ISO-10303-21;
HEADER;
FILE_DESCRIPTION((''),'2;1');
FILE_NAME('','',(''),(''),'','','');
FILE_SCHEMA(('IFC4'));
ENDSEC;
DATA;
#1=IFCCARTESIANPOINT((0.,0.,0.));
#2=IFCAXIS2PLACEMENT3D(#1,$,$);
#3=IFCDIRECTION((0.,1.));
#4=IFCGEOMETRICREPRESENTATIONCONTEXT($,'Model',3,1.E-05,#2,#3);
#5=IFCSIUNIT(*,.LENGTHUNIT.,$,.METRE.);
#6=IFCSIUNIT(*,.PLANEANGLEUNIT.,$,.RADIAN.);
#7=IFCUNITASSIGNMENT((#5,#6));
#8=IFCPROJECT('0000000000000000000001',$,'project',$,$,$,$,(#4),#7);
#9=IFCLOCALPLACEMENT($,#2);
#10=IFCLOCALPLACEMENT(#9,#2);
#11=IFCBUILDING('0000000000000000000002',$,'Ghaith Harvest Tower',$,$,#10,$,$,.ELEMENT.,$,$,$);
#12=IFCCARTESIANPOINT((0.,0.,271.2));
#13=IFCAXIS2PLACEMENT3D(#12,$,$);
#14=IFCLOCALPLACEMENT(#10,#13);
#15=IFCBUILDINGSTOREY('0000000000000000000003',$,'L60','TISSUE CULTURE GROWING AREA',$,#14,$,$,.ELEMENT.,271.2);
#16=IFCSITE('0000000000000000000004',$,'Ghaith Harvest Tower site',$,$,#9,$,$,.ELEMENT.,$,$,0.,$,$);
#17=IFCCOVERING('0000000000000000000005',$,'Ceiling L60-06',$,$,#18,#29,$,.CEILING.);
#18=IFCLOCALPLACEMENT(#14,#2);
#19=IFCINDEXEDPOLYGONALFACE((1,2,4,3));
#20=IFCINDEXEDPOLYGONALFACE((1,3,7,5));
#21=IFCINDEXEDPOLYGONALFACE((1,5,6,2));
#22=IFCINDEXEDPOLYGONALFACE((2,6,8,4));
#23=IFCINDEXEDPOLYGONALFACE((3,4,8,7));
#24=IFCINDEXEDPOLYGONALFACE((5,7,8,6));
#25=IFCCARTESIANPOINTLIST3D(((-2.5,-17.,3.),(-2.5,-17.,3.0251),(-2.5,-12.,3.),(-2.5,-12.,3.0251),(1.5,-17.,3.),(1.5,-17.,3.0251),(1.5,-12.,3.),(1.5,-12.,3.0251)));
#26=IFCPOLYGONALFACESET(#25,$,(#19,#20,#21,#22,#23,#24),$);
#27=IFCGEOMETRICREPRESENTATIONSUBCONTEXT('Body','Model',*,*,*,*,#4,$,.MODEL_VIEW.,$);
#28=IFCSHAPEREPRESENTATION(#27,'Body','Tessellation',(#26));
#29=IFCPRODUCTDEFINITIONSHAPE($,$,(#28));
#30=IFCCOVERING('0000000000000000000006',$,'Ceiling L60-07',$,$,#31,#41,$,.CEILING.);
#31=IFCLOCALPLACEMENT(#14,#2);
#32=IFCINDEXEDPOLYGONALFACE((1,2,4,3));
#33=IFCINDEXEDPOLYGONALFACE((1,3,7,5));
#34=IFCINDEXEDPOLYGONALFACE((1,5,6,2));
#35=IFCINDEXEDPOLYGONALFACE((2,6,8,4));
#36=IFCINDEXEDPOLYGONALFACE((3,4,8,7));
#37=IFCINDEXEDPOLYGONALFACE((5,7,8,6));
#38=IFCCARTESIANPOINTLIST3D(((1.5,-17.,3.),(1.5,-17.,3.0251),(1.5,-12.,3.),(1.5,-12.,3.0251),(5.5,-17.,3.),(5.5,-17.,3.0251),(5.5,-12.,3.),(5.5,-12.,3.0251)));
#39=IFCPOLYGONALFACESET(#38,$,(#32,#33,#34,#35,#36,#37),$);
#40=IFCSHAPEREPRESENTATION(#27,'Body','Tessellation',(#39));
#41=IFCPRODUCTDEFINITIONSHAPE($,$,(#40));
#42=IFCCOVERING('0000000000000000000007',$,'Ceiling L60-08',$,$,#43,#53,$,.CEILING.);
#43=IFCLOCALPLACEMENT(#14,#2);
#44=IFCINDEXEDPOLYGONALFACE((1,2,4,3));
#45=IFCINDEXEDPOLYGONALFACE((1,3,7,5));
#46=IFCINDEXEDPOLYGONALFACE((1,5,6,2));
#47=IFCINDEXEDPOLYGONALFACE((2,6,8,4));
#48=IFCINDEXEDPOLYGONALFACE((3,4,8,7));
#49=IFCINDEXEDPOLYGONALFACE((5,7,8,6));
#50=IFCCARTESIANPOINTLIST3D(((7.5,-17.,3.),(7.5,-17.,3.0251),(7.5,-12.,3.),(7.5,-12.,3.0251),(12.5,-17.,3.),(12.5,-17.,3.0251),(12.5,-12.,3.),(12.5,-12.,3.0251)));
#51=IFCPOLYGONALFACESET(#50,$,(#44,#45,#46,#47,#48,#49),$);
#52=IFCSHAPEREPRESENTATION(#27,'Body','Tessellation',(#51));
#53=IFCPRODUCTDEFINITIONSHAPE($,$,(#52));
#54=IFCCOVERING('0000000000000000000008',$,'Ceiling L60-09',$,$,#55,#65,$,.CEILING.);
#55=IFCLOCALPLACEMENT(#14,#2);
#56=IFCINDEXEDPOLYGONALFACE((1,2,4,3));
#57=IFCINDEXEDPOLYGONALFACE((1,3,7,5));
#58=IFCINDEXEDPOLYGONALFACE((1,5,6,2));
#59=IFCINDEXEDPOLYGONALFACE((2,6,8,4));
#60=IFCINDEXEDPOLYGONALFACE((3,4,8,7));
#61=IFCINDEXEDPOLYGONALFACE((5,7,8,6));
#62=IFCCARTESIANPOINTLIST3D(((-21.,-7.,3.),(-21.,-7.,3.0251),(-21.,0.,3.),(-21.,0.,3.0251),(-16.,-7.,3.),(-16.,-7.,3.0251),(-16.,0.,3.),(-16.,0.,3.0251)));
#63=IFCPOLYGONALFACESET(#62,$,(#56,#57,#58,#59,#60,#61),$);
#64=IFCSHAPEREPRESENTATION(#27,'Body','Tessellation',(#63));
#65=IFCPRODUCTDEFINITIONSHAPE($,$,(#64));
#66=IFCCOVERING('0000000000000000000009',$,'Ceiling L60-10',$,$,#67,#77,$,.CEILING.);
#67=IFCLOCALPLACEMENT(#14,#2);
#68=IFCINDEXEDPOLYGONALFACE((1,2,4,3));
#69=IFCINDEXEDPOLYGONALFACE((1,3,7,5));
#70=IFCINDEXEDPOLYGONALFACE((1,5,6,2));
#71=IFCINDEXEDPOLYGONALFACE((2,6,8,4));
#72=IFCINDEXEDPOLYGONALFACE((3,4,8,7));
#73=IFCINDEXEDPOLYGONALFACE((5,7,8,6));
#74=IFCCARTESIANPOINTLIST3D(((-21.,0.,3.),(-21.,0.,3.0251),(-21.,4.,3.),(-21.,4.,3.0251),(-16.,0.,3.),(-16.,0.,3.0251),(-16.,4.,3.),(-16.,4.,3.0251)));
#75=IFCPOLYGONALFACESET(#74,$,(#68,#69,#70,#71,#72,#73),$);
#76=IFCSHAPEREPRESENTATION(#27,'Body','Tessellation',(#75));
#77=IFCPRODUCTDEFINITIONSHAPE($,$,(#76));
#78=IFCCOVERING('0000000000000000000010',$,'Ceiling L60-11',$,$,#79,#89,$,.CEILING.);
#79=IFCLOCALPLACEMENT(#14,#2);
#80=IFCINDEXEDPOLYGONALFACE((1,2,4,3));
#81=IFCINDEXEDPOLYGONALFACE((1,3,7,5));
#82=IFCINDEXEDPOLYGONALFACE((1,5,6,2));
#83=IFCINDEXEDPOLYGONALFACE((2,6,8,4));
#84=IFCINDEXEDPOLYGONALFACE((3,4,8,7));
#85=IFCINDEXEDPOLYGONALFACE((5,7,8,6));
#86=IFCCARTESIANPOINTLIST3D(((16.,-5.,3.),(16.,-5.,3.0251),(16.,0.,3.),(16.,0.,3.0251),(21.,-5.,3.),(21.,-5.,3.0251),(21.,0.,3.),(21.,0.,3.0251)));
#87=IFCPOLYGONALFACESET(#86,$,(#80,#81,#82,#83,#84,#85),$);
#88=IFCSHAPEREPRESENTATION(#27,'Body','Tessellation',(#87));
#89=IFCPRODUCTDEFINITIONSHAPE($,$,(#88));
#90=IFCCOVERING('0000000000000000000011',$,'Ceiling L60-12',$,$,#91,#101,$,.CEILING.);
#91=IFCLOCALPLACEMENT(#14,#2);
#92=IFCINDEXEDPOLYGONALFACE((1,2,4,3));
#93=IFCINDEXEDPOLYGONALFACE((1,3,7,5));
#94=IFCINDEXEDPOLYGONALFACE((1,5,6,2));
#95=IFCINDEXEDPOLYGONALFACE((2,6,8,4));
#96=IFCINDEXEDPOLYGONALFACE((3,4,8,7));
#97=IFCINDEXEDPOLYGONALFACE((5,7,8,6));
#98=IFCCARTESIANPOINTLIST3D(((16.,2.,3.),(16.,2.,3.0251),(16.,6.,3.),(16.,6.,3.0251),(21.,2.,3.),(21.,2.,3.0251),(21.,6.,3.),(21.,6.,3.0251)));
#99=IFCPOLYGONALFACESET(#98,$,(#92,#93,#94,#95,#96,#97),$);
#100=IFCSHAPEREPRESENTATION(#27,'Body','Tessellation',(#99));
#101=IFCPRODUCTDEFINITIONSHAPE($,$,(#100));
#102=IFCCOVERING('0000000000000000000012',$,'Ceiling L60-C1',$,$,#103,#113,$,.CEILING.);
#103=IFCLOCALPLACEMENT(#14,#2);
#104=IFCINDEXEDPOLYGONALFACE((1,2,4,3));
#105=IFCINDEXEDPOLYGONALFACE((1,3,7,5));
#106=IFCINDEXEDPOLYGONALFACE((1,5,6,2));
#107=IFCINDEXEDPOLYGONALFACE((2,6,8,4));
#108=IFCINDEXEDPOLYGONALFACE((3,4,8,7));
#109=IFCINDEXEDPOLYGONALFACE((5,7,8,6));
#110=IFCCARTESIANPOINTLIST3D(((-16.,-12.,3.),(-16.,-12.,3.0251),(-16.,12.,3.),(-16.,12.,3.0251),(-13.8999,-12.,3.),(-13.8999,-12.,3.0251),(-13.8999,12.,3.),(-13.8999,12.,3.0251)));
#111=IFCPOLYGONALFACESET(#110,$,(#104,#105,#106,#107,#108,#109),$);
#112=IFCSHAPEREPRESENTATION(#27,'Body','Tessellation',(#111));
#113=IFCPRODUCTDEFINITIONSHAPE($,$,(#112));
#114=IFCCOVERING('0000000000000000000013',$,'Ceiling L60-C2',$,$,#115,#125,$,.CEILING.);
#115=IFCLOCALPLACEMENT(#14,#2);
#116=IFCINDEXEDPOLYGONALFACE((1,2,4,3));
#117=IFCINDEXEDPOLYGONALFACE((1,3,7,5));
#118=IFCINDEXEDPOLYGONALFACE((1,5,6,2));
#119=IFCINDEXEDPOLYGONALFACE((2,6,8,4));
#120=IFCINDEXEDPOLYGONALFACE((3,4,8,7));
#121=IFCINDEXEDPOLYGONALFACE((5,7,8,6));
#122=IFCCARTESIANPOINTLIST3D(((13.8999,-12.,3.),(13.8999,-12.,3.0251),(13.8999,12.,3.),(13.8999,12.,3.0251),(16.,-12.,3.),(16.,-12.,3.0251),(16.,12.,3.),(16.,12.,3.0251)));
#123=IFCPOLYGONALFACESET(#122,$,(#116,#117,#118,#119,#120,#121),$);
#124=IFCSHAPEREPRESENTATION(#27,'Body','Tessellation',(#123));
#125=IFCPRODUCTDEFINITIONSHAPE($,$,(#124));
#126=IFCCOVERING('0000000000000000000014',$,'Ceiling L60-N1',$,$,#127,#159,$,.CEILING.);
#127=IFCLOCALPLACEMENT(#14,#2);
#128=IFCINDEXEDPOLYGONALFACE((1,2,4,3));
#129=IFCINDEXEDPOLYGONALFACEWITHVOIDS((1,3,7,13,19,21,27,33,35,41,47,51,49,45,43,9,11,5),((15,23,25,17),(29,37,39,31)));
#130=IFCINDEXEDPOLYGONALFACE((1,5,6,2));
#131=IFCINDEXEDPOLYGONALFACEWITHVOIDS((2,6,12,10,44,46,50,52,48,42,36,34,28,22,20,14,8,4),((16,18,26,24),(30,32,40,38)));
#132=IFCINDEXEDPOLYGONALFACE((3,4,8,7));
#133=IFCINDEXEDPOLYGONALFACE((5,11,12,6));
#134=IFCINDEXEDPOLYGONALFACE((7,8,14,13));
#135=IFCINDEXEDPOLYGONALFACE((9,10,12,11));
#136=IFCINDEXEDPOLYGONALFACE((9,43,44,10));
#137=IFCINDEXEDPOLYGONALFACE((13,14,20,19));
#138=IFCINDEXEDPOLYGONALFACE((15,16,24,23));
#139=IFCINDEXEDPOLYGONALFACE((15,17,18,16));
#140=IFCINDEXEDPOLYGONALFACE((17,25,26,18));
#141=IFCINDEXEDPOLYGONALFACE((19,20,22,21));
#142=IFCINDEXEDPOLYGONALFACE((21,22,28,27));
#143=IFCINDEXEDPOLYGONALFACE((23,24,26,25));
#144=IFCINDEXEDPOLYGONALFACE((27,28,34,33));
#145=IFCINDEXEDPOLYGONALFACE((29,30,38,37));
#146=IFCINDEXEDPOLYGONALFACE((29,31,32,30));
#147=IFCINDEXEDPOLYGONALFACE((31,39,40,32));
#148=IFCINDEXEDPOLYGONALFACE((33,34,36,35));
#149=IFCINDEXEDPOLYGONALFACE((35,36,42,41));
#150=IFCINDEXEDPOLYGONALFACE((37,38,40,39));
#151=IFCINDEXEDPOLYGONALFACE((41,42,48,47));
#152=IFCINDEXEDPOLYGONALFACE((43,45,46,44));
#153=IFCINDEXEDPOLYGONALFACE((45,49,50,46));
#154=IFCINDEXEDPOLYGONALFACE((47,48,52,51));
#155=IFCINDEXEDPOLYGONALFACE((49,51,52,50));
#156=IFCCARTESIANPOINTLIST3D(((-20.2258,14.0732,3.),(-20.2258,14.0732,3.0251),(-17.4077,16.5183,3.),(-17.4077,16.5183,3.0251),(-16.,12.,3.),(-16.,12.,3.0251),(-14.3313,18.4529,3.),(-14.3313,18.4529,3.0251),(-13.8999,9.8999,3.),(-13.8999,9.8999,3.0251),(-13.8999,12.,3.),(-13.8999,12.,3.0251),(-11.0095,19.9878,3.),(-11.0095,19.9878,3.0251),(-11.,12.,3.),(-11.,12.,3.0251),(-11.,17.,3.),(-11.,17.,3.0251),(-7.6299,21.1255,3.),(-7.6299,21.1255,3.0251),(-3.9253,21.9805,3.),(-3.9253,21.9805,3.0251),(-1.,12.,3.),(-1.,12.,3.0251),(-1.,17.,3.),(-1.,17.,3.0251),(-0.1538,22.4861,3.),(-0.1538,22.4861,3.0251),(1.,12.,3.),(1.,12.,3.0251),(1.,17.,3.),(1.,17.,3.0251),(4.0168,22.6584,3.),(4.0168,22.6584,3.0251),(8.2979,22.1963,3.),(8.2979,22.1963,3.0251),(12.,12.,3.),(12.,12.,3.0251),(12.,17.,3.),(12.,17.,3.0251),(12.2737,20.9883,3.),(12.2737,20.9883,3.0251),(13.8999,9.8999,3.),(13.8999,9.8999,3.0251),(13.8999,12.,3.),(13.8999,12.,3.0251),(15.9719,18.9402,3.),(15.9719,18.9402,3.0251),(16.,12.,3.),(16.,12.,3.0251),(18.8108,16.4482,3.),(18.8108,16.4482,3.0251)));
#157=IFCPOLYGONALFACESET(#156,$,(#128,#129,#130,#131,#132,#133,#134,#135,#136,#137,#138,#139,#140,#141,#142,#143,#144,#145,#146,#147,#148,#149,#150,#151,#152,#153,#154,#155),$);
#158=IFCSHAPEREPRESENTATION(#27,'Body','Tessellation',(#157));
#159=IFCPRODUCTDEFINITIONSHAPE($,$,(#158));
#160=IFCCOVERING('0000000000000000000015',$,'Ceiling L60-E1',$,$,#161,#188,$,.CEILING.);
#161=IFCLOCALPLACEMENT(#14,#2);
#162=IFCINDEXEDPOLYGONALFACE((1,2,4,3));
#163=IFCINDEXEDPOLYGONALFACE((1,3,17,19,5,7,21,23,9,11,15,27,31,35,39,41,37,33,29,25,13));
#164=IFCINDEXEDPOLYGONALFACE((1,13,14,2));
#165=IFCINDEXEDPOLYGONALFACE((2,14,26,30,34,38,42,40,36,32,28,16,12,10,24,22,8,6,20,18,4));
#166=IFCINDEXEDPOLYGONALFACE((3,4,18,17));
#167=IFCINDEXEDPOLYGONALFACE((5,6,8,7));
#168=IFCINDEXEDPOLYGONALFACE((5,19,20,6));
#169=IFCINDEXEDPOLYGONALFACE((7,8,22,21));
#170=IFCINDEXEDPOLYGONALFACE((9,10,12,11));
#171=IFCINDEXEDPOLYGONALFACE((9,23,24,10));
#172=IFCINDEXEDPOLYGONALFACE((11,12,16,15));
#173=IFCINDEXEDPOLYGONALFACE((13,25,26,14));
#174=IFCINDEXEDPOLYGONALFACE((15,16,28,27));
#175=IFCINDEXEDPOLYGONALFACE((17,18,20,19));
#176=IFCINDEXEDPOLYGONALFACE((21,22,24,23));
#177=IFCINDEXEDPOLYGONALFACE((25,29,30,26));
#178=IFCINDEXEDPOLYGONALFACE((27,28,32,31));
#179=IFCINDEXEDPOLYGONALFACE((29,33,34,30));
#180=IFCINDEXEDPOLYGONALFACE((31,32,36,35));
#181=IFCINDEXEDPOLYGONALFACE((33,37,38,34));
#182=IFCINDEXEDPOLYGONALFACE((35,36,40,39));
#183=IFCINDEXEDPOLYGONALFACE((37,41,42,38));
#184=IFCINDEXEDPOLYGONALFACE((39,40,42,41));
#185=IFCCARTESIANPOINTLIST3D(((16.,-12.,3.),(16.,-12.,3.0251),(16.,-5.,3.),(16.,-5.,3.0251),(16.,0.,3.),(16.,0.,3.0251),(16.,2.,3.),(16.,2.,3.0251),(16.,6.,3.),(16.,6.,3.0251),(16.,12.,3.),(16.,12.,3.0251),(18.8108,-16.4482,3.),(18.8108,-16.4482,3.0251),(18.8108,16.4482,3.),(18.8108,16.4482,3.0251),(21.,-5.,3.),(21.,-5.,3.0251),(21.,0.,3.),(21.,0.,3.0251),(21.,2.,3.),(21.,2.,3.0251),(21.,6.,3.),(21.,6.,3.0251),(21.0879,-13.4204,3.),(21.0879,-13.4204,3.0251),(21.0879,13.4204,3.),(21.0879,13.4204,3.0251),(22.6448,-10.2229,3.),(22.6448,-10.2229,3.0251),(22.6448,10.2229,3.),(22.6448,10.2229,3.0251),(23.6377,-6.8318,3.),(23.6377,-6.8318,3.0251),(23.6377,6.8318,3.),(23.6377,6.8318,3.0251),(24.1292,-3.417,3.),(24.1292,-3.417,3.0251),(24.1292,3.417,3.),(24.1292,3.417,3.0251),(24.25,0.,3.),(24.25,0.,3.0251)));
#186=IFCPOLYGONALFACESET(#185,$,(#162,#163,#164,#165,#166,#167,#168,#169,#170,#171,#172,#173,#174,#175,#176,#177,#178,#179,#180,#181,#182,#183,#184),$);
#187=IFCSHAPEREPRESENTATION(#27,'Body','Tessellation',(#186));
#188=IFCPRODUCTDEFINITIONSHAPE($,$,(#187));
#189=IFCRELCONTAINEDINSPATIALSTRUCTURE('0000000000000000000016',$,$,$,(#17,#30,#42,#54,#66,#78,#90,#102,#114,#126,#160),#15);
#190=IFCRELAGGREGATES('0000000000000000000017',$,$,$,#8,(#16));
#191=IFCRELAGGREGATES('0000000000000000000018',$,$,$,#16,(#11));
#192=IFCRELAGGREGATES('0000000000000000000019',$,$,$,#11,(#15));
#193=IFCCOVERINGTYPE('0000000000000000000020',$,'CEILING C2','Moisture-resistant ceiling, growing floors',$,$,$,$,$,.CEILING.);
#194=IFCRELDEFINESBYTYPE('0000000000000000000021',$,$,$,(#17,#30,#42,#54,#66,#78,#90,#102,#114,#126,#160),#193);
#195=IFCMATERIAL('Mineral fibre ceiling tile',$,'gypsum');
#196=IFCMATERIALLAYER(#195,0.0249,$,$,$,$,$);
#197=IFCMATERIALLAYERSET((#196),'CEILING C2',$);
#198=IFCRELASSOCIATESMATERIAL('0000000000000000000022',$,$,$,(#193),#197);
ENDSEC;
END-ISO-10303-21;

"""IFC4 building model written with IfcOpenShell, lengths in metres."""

from ifc_helpers import new_model, si_unit, direction, frame, origin, place, context, subcontext, project, spatial, polyline, outline, extrude, material, layer, layer_set, type_object, element, save


model = new_model("IFC4")

# Units and contexts
model_context = context("Model", 3, precision=1e-05, world=origin(), true_north=direction((0.0, 1.0)))
body_context = subcontext(model_context, "Body", "Model", "MODEL_VIEW")
ifc_project = project(units=[si_unit("LENGTHUNIT", "METRE"), si_unit("PLANEANGLEUNIT", "RADIAN")], contexts=[model_context])

# Site, building, storey
site_placement = place(None, origin())
site = spatial("IfcSite", under=ifc_project, at=site_placement, Name="Ghaith Harvest Tower site", CompositionType="ELEMENT", RefElevation=0.0)
building_placement = place(site_placement, origin())
building = spatial("IfcBuilding", under=site, at=building_placement, Name="Ghaith Harvest Tower", CompositionType="ELEMENT")
storey_placement = place(building_placement, frame((0.0, 0.0, 271.2)))
storey = spatial("IfcBuildingStorey", under=building, at=storey_placement, Name="L60", Description="TISSUE CULTURE GROWING AREA", CompositionType="ELEMENT", Elevation=271.2)

# Coverings
ifc_material_1 = material(Name="Mineral fibre ceiling tile", Category="gypsum")
ifc_layer_1 = layer(ifc_material_1, 0.0249)
ifc_layer_set_1 = layer_set([ifc_layer_1], Name="CEILING C2")
covering_type = type_object("IfcCoveringType", Name="CEILING C2", Description="Moisture-resistant ceiling, growing floors", PredefinedType="CEILING", material=ifc_layer_set_1)
covering_1_placement = place(storey_placement, frame((0.0, 0.0, 3.0)))
element("IfcCovering", 1, at=covering_1_placement, inside=storey, type_object=covering_type, Name="Ceiling L60-06", PredefinedType="CEILING", context=body_context, shape_type="SweptSolid", body=[
    extrude(outline(polyline([(-2.5, -17.0), (1.5, -17.0), (1.5, -12.0), (-2.5, -12.0), (-2.5, -17.0)])), origin(), (0.0, 0.0, 1.0), 0.0251),
])
covering_2_placement = place(storey_placement, frame((0.0, 0.0, 3.0)))
element("IfcCovering", 2, at=covering_2_placement, inside=storey, type_object=covering_type, Name="Ceiling L60-07", PredefinedType="CEILING", context=body_context, shape_type="SweptSolid", body=[
    extrude(outline(polyline([(1.5, -17.0), (5.5, -17.0), (5.5, -12.0), (1.5, -12.0), (1.5, -17.0)])), origin(), (0.0, 0.0, 1.0), 0.0251),
])
covering_3_placement = place(storey_placement, frame((0.0, 0.0, 3.0)))
element("IfcCovering", 3, at=covering_3_placement, inside=storey, type_object=covering_type, Name="Ceiling L60-08", PredefinedType="CEILING", context=body_context, shape_type="SweptSolid", body=[
    extrude(outline(polyline([(7.5, -17.0), (12.5, -17.0), (12.5, -12.0), (7.5, -12.0), (7.5, -17.0)])), origin(), (0.0, 0.0, 1.0), 0.0251),
])
covering_4_placement = place(storey_placement, frame((0.0, 0.0, 3.0)))
element("IfcCovering", 4, at=covering_4_placement, inside=storey, type_object=covering_type, Name="Ceiling L60-09", PredefinedType="CEILING", context=body_context, shape_type="SweptSolid", body=[
    extrude(outline(polyline([(-21.0, -7.0), (-16.0, -7.0), (-16.0, 0.0), (-21.0, 0.0), (-21.0, -7.0)])), origin(), (0.0, 0.0, 1.0), 0.0251),
])
covering_5_placement = place(storey_placement, frame((0.0, 0.0, 3.0)))
element("IfcCovering", 5, at=covering_5_placement, inside=storey, type_object=covering_type, Name="Ceiling L60-10", PredefinedType="CEILING", context=body_context, shape_type="SweptSolid", body=[
    extrude(outline(polyline([(-21.0, 0.0), (-16.0, 0.0), (-16.0, 4.0), (-21.0, 4.0), (-21.0, 0.0)])), origin(), (0.0, 0.0, 1.0), 0.0251),
])
covering_6_placement = place(storey_placement, frame((0.0, 0.0, 3.0)))
element("IfcCovering", 6, at=covering_6_placement, inside=storey, type_object=covering_type, Name="Ceiling L60-11", PredefinedType="CEILING", context=body_context, shape_type="SweptSolid", body=[
    extrude(outline(polyline([(16.0, -5.0), (21.0, -5.0), (21.0, 0.0), (16.0, 0.0), (16.0, -5.0)])), origin(), (0.0, 0.0, 1.0), 0.0251),
])
covering_7_placement = place(storey_placement, frame((0.0, 0.0, 3.0)))
element("IfcCovering", 7, at=covering_7_placement, inside=storey, type_object=covering_type, Name="Ceiling L60-12", PredefinedType="CEILING", context=body_context, shape_type="SweptSolid", body=[
    extrude(outline(polyline([(16.0, 2.0), (21.0, 2.0), (21.0, 6.0), (16.0, 6.0), (16.0, 2.0)])), origin(), (0.0, 0.0, 1.0), 0.0251),
])
covering_8_placement = place(storey_placement, frame((0.0, 0.0, 3.0)))
element("IfcCovering", 8, at=covering_8_placement, inside=storey, type_object=covering_type, Name="Ceiling L60-C1", PredefinedType="CEILING", context=body_context, shape_type="SweptSolid", body=[
    extrude(outline(polyline([(-13.8999, 12.0), (-13.8999, -12.0), (-16.0, -12.0), (-16.0, 12.0), (-13.8999, 12.0)])), origin(), (0.0, 0.0, 1.0), 0.0251),
])
covering_9_placement = place(storey_placement, frame((0.0, 0.0, 3.0)))
element("IfcCovering", 9, at=covering_9_placement, inside=storey, type_object=covering_type, Name="Ceiling L60-C2", PredefinedType="CEILING", context=body_context, shape_type="SweptSolid", body=[
    extrude(outline(polyline([(13.8999, -12.0), (13.8999, 12.0), (16.0, 12.0), (16.0, -12.0), (13.8999, -12.0)])), origin(), (0.0, 0.0, 1.0), 0.0251),
])
covering_10_placement = place(storey_placement, frame((0.0, 0.0, 3.0)))
element("IfcCovering", 10, at=covering_10_placement, inside=storey, type_object=covering_type, Name="Ceiling L60-N1", PredefinedType="CEILING", context=body_context, shape_type="SweptSolid", body=[
    extrude(outline(polyline([(-17.4077, 16.5183), (-14.3313, 18.4529), (-11.0095, 19.9878), (-7.6299, 21.1255), (-3.9253, 21.9805), (-0.1538, 22.4861), (4.0168, 22.6584), (8.2979, 22.1963), (12.2737, 20.9883), (15.9719, 18.9402), (18.8108, 16.4482), (16.0, 12.0), (13.8999, 12.0), (13.8999, 9.8999), (-13.8999, 9.8999), (-13.8999, 12.0), (-16.0, 12.0), (-20.2258, 14.0732), (-17.4077, 16.5183)]), holes=[polyline([(-1.0, 17.0), (-11.0, 17.0), (-11.0, 12.0), (-1.0, 12.0), (-1.0, 17.0)]), polyline([(12.0, 17.0), (1.0, 17.0), (1.0, 12.0), (12.0, 12.0), (12.0, 17.0)])]), origin(), (0.0, 0.0, 1.0), 0.0251),
])
covering_11_placement = place(storey_placement, frame((0.0, 0.0, 3.0)))
element("IfcCovering", 11, at=covering_11_placement, inside=storey, type_object=covering_type, Name="Ceiling L60-E1", PredefinedType="CEILING", context=body_context, shape_type="SweptSolid", body=[
    extrude(outline(polyline([(21.0879, 13.4204), (22.6448, 10.2229), (23.6377, 6.8318), (24.1292, 3.417), (24.25, 0.0), (24.1292, -3.417), (23.6377, -6.8318), (22.6448, -10.2229), (21.0879, -13.4204), (18.8108, -16.4482), (16.0, -12.0), (16.0, -5.0), (21.0, -5.0), (21.0, 0.0), (16.0, 0.0), (16.0, 2.0), (21.0, 2.0), (21.0, 6.0), (16.0, 6.0), (16.0, 12.0), (18.8108, 16.4482), (21.0879, 13.4204)])), origin(), (0.0, 0.0, 1.0), 0.0251),
])

save(model, "model.ifc")
